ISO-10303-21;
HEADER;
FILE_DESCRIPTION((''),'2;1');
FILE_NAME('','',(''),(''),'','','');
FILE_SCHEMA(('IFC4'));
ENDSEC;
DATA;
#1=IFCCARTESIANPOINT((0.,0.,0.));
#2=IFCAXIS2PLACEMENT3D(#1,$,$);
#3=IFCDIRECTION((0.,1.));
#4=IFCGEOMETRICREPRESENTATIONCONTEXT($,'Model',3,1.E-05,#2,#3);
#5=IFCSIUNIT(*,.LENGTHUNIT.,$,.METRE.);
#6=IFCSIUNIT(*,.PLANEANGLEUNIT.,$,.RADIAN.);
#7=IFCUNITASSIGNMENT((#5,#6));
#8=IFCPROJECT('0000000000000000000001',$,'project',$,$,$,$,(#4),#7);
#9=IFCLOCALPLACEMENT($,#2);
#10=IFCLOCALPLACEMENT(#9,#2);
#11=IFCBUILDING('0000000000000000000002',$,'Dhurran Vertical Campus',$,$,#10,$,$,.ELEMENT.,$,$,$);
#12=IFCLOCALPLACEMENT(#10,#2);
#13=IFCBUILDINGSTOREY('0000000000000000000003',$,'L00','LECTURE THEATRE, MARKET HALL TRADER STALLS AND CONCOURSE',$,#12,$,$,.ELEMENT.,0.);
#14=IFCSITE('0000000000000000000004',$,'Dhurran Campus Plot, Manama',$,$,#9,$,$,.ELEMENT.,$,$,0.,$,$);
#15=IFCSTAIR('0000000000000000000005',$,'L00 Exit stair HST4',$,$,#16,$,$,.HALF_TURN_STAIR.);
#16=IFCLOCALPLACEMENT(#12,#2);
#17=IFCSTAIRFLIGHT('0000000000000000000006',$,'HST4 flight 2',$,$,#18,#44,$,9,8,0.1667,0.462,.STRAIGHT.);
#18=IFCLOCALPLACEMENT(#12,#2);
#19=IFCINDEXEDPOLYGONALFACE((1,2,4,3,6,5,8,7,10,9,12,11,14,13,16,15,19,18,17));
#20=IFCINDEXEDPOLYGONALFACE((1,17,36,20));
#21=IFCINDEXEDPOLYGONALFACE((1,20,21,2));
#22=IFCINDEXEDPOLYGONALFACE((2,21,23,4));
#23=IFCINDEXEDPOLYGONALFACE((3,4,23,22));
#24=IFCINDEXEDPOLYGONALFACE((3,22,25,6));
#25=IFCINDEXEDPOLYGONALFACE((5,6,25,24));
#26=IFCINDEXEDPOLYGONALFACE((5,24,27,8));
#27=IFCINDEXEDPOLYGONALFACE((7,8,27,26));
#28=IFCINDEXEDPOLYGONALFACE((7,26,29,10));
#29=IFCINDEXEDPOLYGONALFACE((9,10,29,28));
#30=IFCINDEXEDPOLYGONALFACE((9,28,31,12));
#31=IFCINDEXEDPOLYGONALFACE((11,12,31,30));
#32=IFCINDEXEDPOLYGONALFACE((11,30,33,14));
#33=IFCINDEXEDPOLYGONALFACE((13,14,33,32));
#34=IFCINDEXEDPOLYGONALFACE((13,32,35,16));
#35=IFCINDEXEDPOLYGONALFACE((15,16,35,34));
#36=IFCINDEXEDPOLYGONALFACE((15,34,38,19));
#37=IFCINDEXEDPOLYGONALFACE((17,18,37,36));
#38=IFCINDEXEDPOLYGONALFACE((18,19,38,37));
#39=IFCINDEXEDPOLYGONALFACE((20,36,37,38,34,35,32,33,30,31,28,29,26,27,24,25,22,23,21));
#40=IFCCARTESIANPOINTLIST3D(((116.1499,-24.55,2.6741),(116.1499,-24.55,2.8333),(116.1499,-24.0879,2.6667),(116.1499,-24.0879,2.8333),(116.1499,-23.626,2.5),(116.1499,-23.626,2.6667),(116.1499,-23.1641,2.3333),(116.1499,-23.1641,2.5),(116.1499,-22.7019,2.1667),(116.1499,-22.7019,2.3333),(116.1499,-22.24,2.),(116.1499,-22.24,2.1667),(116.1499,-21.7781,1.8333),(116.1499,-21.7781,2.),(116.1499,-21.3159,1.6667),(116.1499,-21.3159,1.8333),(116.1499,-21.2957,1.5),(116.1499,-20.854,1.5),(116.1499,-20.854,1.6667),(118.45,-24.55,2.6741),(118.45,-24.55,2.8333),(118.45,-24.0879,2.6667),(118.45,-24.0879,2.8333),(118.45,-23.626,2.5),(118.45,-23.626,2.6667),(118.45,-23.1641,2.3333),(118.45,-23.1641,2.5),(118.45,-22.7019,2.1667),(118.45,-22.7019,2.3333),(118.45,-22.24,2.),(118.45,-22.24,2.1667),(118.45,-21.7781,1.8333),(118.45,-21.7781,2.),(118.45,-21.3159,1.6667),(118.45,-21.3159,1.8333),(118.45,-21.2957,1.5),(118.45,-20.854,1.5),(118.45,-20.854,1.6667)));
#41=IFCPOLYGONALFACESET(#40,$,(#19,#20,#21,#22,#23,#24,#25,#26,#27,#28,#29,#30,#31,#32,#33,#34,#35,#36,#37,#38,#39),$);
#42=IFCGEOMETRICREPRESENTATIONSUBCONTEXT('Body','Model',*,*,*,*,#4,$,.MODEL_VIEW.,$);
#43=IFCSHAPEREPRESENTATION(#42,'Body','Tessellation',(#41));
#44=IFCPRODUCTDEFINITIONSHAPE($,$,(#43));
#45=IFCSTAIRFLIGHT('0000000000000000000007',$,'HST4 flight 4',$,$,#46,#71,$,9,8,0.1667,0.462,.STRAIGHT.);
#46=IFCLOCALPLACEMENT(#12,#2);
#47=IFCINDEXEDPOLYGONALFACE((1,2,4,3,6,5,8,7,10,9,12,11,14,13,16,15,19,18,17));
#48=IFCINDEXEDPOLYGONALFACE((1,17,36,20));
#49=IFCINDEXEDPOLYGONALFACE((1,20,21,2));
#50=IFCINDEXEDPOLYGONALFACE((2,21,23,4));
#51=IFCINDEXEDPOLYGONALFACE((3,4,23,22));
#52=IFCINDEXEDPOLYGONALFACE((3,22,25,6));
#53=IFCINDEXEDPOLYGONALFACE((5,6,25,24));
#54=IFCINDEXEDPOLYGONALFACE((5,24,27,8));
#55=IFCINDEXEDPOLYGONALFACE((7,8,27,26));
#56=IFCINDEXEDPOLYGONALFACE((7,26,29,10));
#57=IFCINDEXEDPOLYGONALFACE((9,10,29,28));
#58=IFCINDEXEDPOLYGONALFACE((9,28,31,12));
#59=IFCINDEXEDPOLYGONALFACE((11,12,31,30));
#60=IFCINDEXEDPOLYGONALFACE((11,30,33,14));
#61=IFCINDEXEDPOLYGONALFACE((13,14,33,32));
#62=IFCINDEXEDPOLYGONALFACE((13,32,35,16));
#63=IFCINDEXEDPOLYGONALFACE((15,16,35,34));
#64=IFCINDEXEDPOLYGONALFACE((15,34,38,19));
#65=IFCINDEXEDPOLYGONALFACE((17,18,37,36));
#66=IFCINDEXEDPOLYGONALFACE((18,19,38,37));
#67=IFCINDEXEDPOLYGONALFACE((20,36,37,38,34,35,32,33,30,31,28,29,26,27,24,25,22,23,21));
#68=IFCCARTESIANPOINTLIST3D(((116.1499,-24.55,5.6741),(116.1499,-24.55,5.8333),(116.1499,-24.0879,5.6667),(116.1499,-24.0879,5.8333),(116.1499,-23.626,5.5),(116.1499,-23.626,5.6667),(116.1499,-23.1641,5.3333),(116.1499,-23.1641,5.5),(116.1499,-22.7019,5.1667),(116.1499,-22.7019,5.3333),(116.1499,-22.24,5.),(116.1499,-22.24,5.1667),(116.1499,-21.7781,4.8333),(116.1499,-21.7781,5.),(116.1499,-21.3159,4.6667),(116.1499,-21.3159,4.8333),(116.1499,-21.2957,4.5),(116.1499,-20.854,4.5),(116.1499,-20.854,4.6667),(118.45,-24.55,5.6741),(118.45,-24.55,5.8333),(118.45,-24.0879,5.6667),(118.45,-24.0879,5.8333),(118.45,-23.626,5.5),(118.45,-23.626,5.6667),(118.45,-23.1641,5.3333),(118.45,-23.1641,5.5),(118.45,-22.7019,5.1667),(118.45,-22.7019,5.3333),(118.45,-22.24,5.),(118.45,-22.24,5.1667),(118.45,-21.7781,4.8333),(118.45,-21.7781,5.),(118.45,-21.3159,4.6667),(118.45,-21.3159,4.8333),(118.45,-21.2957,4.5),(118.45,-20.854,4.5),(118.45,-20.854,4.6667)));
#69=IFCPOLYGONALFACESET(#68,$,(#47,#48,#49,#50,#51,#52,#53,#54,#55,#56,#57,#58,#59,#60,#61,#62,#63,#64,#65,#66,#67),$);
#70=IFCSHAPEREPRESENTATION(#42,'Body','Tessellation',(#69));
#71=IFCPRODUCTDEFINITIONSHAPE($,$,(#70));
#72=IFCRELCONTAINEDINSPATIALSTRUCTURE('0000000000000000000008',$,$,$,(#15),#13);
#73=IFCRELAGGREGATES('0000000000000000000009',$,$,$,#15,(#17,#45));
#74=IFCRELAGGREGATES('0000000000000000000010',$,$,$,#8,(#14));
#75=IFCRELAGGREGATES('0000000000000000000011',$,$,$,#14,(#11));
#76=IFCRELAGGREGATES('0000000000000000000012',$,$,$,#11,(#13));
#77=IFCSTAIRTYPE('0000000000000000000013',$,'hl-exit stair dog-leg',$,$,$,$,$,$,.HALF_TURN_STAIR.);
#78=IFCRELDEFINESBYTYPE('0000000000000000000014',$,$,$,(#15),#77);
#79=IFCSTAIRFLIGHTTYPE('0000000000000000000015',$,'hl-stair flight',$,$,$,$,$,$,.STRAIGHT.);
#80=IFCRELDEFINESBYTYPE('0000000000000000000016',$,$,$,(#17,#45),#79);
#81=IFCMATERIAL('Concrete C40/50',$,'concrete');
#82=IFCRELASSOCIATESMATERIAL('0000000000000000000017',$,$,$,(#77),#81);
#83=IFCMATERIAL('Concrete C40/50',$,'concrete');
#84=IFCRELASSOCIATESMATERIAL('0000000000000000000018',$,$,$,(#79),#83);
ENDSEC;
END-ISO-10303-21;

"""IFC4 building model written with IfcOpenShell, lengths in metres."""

from ifc_helpers import new_model, si_unit, direction, frame, origin, place, context, subcontext, project, spatial, polyline, outline, extrude, material, type_object, element, aggregate, save


model = new_model("IFC4")

# Units and contexts
model_context = context("Model", 3, precision=1e-05, world=origin(), true_north=direction((0.0, 1.0)))
body_context = subcontext(model_context, "Body", "Model", "MODEL_VIEW")
ifc_project = project(units=[si_unit("LENGTHUNIT", "METRE"), si_unit("PLANEANGLEUNIT", "RADIAN")], contexts=[model_context])

# Site, building, storey
site_placement = place(None, origin())
site = spatial("IfcSite", under=ifc_project, at=site_placement, Name="Dhurran Campus Plot, Manama", CompositionType="ELEMENT", RefElevation=0.0)
building_placement = place(site_placement, origin())
building = spatial("IfcBuilding", under=site, at=building_placement, Name="Dhurran Vertical Campus", CompositionType="ELEMENT")
storey_placement = place(building_placement, origin())
storey = spatial("IfcBuildingStorey", under=building, at=storey_placement, Name="L00", Description="LECTURE THEATRE, MARKET HALL TRADER STALLS AND CONCOURSE", CompositionType="ELEMENT", Elevation=0.0)

# Stair, stair flights
ifc_material_1 = material(Name="Concrete C40/50", Category="concrete")
stair_type = type_object("IfcStairType", Name="hl-exit stair dog-leg", PredefinedType="HALF_TURN_STAIR", material=ifc_material_1)
stair_placement = place(storey_placement, origin())
stair = element("IfcStair", 1, at=stair_placement, inside=storey, type_object=stair_type, Name="L00 Exit stair HST4", PredefinedType="HALF_TURN_STAIR")
ifc_material_2 = material(Name="Concrete C40/50", Category="concrete")
stair_flight_type = type_object("IfcStairFlightType", Name="hl-stair flight", PredefinedType="STRAIGHT", material=ifc_material_2)
stair_flight_1_placement = place(storey_placement, frame((117.3, -20.854, 1.5), z_axis=(0.0, 0.0, 1.0), x_axis=(0.0, -1.0, 0.0)))
stair_flight_1 = element("IfcStairFlight", 2, at=stair_flight_1_placement, type_object=stair_flight_type, Name="HST4 flight 2", NumberOfRisers=9, NumberOfTreads=8, PredefinedType="STRAIGHT", RiserHeight=0.1667, TreadLength=0.462, context=body_context, shape_type="SweptSolid", body=[
    extrude(outline(polyline([(0.0, 0.0), (0.0, 0.1667), (0.4619, 0.1667), (0.4619, 0.3333), (0.9241, 0.3333), (0.9241, 0.5), (1.386, 0.5), (1.386, 0.6667), (1.8479, 0.6667), (1.8479, 0.8333), (2.3101, 0.8333), (2.3101, 1.0), (2.772, 1.0), (2.772, 1.1667), (3.2339, 1.1667), (3.2339, 1.3333), (3.696, 1.3333), (3.696, 1.5), (3.696, 1.1741), (0.4417, 0.0), (0.0, 0.0)])), frame((0.0, 1.1499, 0.0), z_axis=(0.0, -1.0, 0.0), x_axis=(1.0, 0.0, 0.0)), (0.0, 0.0, 1.0), 2.3),
])
stair_flight_2_placement = place(storey_placement, frame((117.3, -20.854, 4.5), z_axis=(0.0, 0.0, 1.0), x_axis=(0.0, -1.0, 0.0)))
stair_flight_2 = element("IfcStairFlight", 3, at=stair_flight_2_placement, type_object=stair_flight_type, Name="HST4 flight 4", NumberOfRisers=9, NumberOfTreads=8, PredefinedType="STRAIGHT", RiserHeight=0.1667, TreadLength=0.462, context=body_context, shape_type="SweptSolid", body=[
    extrude(outline(polyline([(0.0, 0.0), (0.0, 0.1667), (0.4619, 0.1667), (0.4619, 0.3333), (0.9241, 0.3333), (0.9241, 0.5), (1.386, 0.5), (1.386, 0.6667), (1.8479, 0.6667), (1.8479, 0.8333), (2.3101, 0.8333), (2.3101, 1.0), (2.772, 1.0), (2.772, 1.1667), (3.2339, 1.1667), (3.2339, 1.3333), (3.696, 1.3333), (3.696, 1.5), (3.696, 1.1741), (0.4417, 0.0), (0.0, 0.0)])), frame((0.0, 1.1499, 0.0), z_axis=(0.0, -1.0, 0.0), x_axis=(1.0, 0.0, 0.0)), (0.0, 0.0, 1.0), 2.3),
])
aggregate(stair, [stair_flight_1, stair_flight_2])

save(model, "model.ifc")
